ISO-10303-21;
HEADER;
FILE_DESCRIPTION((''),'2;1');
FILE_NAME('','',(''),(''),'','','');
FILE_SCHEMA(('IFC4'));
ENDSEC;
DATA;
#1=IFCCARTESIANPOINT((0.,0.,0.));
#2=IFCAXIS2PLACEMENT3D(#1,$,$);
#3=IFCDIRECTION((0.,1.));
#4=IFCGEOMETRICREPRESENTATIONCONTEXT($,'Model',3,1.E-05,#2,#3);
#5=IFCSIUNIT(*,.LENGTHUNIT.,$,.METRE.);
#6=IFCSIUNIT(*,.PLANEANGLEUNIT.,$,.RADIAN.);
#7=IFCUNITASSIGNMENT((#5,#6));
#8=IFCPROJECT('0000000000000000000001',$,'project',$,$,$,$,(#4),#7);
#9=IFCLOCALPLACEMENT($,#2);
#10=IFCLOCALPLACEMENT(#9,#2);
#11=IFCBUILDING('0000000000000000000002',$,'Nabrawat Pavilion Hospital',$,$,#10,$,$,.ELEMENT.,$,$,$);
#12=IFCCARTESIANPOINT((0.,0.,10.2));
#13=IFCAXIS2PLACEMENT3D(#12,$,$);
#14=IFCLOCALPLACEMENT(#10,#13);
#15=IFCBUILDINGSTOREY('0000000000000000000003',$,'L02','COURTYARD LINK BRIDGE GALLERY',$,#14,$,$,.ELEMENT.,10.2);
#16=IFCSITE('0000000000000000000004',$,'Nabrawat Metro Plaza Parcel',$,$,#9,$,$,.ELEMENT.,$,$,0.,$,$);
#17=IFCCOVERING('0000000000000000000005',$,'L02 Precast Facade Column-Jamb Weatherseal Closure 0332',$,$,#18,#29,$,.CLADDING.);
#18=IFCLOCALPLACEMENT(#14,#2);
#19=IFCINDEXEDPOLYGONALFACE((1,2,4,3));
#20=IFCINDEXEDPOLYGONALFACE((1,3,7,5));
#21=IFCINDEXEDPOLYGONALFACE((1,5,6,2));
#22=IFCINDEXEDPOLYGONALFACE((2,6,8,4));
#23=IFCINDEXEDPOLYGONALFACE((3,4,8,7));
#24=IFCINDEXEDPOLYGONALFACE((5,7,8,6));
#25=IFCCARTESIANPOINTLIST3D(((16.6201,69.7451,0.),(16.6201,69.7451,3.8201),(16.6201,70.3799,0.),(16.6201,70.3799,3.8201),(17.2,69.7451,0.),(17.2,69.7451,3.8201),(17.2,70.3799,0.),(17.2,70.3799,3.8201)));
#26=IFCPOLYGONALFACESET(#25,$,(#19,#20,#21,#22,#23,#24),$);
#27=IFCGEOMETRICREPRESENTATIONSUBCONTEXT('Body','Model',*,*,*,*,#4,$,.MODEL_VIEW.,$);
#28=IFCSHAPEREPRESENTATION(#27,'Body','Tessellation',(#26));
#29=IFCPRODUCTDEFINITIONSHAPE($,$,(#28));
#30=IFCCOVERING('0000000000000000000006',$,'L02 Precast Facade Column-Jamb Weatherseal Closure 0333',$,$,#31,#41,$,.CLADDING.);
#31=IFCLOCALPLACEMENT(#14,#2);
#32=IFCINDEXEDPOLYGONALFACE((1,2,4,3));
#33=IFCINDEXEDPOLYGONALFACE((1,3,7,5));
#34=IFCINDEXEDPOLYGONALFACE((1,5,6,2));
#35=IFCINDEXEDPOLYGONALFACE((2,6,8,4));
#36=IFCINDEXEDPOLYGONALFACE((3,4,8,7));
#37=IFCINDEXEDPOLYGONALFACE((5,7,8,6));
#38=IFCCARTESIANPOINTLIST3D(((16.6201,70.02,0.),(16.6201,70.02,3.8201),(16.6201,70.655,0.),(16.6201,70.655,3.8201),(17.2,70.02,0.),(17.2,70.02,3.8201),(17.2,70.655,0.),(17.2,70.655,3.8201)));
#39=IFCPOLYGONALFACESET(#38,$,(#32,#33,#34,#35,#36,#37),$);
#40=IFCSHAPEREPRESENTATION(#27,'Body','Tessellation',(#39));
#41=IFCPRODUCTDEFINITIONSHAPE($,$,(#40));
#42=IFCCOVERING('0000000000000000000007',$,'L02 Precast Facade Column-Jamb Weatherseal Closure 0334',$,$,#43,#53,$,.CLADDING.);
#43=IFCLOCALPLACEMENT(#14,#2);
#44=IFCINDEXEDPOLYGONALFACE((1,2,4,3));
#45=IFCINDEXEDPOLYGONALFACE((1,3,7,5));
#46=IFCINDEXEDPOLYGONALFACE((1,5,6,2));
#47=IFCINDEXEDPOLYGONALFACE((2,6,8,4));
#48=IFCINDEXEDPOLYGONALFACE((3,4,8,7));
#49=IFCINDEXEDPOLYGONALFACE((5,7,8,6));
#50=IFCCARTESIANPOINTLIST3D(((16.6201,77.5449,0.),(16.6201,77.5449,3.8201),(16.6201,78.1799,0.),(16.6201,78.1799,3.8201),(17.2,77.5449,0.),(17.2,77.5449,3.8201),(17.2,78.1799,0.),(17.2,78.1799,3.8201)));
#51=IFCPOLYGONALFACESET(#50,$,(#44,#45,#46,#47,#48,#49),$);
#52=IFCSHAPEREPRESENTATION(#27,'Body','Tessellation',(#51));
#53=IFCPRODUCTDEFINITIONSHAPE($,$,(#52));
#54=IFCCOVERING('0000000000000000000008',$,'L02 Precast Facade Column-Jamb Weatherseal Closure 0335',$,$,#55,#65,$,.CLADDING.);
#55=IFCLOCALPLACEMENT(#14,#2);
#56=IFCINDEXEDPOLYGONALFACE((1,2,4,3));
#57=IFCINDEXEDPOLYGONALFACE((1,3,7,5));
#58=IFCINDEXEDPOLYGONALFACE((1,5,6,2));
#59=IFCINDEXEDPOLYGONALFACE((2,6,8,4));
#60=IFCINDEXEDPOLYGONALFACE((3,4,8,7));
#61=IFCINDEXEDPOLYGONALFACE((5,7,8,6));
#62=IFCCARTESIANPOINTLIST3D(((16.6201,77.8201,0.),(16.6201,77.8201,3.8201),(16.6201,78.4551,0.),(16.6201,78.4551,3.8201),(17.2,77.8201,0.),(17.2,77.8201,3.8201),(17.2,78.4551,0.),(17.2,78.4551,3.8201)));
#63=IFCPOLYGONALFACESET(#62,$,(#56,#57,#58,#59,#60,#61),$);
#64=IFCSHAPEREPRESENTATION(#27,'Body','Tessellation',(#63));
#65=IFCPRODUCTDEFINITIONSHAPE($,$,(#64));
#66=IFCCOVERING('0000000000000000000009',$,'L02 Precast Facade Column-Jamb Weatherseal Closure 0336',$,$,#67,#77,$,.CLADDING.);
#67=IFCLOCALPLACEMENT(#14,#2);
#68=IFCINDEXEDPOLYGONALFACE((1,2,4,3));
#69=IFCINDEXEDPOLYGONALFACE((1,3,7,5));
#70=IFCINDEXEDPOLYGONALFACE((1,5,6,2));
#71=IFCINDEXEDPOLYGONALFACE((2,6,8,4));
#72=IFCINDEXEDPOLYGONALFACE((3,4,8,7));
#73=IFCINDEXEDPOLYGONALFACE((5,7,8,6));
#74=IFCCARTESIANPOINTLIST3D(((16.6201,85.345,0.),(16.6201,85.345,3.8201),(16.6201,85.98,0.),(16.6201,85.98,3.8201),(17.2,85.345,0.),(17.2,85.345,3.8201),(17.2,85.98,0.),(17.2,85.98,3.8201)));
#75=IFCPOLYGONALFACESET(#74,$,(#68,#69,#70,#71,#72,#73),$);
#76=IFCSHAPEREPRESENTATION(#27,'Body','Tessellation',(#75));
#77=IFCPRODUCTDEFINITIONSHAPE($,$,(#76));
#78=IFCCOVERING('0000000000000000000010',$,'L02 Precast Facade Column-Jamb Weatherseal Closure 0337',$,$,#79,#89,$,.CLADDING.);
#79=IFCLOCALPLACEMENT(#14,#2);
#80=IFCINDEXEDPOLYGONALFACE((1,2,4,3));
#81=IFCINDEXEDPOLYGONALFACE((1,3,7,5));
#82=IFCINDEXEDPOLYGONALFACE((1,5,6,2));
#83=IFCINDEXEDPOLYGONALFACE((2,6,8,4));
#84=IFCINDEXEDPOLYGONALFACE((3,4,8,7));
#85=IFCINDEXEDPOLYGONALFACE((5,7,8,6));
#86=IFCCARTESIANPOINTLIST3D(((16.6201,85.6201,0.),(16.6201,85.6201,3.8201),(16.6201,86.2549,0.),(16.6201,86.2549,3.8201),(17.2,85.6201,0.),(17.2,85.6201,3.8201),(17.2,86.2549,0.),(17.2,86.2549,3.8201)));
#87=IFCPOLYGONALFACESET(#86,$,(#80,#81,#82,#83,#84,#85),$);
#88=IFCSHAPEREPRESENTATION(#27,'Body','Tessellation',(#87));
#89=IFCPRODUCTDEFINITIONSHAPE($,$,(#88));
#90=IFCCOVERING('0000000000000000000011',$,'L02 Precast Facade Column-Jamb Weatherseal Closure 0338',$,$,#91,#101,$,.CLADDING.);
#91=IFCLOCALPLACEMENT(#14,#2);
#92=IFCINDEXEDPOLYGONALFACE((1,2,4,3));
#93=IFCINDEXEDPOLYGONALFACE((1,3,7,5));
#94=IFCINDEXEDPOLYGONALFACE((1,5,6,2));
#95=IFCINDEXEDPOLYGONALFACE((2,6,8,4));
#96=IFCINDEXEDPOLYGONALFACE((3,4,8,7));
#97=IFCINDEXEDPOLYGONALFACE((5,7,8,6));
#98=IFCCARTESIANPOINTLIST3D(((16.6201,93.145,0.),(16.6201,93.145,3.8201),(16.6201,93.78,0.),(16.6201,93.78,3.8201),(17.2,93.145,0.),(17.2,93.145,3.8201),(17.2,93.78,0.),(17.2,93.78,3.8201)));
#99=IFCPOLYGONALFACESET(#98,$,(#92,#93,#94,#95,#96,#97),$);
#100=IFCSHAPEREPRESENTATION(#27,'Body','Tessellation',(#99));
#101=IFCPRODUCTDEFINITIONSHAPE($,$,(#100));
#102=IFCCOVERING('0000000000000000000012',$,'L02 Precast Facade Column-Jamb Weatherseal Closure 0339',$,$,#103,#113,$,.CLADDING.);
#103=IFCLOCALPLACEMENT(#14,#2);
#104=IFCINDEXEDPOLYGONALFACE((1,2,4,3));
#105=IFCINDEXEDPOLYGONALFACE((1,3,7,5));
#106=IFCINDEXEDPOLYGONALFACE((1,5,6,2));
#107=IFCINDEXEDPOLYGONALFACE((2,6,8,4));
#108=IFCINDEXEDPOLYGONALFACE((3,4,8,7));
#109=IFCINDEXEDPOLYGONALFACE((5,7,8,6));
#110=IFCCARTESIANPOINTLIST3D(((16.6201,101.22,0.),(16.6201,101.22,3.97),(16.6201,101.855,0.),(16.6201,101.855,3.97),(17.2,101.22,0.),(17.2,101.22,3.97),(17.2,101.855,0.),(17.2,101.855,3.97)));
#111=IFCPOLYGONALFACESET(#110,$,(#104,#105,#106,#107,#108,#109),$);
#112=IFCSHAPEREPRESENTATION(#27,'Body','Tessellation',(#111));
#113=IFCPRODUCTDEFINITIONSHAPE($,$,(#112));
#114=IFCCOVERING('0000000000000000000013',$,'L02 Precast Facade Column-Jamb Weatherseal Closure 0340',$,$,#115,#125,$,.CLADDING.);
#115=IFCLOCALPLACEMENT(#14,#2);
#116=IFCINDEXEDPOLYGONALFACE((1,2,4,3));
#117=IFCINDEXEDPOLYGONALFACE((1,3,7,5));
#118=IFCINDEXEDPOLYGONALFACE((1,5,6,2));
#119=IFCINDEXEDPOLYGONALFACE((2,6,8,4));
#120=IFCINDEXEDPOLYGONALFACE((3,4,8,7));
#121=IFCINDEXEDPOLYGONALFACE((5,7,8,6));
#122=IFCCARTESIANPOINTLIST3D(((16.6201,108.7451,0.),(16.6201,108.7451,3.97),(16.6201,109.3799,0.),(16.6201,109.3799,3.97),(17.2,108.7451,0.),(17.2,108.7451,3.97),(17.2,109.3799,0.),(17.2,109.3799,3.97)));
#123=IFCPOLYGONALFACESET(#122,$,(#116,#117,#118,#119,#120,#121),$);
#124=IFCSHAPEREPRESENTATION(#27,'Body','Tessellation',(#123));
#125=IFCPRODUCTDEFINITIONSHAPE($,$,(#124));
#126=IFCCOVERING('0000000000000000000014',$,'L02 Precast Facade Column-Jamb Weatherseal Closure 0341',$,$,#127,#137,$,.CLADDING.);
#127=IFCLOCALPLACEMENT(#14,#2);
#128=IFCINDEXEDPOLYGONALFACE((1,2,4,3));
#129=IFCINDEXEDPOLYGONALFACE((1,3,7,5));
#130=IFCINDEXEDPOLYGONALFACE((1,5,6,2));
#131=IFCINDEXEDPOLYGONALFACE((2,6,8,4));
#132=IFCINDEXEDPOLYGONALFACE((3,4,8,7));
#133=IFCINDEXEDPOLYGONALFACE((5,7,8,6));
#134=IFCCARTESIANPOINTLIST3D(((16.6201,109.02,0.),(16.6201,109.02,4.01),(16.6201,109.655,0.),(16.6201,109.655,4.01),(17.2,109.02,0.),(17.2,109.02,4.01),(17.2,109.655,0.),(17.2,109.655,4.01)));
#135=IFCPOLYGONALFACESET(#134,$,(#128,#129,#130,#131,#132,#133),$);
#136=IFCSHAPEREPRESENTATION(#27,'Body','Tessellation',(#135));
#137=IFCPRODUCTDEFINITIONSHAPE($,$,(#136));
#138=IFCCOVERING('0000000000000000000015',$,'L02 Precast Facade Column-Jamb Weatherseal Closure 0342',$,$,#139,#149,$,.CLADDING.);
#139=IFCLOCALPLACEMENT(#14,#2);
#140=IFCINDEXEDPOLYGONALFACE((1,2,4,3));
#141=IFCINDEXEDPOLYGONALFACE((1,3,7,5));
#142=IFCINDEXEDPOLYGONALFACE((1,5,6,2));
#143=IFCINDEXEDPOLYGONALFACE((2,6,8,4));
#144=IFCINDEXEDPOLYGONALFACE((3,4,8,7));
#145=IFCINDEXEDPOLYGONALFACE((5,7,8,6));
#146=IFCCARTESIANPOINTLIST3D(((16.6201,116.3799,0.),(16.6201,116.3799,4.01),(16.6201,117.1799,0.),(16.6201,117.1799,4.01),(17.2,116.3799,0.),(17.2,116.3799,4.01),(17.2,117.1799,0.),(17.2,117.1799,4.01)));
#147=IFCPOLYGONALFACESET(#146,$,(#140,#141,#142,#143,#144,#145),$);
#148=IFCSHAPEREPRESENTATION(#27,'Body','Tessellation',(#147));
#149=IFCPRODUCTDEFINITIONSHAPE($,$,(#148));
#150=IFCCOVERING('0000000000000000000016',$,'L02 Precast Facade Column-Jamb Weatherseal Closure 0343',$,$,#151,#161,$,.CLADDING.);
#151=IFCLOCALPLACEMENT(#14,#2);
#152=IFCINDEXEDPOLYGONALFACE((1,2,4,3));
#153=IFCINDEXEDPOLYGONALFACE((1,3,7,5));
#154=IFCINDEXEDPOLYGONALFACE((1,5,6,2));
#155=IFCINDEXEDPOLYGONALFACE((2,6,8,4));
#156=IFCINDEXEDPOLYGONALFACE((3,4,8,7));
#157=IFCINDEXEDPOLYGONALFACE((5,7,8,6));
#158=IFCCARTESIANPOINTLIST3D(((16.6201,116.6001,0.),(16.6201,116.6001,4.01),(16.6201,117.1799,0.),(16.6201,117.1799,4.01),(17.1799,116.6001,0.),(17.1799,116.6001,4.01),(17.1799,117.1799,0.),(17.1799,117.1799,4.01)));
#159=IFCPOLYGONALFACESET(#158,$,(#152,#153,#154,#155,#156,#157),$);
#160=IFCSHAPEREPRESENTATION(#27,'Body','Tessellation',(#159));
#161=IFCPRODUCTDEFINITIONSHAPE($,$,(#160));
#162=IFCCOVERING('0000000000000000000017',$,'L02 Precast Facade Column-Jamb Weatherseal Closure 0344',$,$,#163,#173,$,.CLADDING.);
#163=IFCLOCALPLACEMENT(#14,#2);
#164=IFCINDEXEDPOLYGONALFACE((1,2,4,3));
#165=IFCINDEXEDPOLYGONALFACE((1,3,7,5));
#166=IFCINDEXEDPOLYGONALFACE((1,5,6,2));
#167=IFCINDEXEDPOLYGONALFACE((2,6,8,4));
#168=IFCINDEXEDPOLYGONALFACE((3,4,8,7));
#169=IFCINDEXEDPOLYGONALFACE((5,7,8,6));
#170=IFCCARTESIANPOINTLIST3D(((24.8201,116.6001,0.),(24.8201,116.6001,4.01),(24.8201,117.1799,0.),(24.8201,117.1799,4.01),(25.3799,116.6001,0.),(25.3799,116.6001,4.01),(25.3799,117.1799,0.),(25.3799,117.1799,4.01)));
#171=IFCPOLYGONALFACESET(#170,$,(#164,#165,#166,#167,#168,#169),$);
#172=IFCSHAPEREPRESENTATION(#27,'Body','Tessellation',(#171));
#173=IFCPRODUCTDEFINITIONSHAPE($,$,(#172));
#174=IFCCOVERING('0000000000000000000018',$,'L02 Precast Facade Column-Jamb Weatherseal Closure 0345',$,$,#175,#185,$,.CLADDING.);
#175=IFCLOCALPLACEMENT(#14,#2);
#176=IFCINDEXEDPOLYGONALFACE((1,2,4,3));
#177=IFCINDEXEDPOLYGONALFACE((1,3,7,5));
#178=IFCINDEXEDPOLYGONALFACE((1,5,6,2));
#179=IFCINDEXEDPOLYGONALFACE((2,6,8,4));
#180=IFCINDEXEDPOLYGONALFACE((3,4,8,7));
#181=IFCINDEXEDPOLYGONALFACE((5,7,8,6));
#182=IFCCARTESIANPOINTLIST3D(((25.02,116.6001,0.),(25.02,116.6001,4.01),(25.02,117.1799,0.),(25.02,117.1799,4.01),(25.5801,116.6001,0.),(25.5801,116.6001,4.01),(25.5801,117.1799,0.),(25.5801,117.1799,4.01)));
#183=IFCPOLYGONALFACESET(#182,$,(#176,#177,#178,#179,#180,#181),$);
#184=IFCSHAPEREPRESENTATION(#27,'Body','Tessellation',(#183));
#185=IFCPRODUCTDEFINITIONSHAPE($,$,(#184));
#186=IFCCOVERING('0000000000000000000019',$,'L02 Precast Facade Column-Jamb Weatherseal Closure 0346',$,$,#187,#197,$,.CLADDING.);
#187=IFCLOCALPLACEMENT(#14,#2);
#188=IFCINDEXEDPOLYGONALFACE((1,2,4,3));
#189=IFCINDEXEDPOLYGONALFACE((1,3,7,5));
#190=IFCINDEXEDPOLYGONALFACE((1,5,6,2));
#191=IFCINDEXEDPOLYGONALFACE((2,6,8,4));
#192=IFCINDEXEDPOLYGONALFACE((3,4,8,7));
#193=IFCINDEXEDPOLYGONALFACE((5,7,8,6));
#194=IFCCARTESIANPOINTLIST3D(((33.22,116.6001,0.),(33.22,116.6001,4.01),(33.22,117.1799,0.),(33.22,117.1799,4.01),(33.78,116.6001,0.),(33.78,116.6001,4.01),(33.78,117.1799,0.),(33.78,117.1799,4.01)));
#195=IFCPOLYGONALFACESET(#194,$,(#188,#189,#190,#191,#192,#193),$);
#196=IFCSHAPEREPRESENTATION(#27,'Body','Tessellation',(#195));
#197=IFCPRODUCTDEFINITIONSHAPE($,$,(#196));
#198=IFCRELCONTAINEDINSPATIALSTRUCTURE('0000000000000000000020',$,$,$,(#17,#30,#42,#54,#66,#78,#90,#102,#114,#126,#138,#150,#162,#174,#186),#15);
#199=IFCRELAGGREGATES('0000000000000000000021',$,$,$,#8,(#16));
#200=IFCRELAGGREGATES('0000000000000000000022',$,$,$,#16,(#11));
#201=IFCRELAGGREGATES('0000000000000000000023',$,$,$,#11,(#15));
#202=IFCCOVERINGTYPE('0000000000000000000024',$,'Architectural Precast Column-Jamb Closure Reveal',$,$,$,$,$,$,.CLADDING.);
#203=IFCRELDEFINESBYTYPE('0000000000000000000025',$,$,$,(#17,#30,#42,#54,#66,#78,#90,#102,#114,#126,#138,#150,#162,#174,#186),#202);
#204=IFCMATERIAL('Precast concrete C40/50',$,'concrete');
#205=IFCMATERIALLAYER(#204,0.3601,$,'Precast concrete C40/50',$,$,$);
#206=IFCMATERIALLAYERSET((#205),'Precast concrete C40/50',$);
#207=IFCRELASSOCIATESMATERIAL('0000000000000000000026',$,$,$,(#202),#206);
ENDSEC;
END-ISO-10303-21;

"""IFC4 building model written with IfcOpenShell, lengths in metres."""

from ifc_helpers import new_model, si_unit, direction, frame, origin, place, context, subcontext, project, spatial, polyline, outline, extrude, material, layer, layer_set, type_object, element, save


model = new_model("IFC4")

# Units and contexts
model_context = context("Model", 3, precision=1e-05, world=origin(), true_north=direction((0.0, 1.0)))
body_context = subcontext(model_context, "Body", "Model", "MODEL_VIEW")
ifc_project = project(units=[si_unit("LENGTHUNIT", "METRE"), si_unit("PLANEANGLEUNIT", "RADIAN")], contexts=[model_context])

# Site, building, storey
site_placement = place(None, origin())
site = spatial("IfcSite", under=ifc_project, at=site_placement, Name="Nabrawat Metro Plaza Parcel", CompositionType="ELEMENT", RefElevation=0.0)
building_placement = place(site_placement, origin())
building = spatial("IfcBuilding", under=site, at=building_placement, Name="Nabrawat Pavilion Hospital", CompositionType="ELEMENT")
storey_placement = place(building_placement, frame((0.0, 0.0, 10.2)))
storey = spatial("IfcBuildingStorey", under=building, at=storey_placement, Name="L02", Description="COURTYARD LINK BRIDGE GALLERY", CompositionType="ELEMENT", Elevation=10.2)

# Coverings
ifc_material = material(Name="Precast concrete C40/50", Category="concrete")
ifc_layer = layer(ifc_material, 0.3601, Name="Precast concrete C40/50")
ifc_layer_set = layer_set([ifc_layer], Name="Precast concrete C40/50")
covering_type = type_object("IfcCoveringType", Name="Architectural Precast Column-Jamb Closure Reveal", PredefinedType="CLADDING", material=ifc_layer_set)
covering_1_placement = place(storey_placement, origin())
element("IfcCovering", 1, at=covering_1_placement, inside=storey, type_object=covering_type, Name="L02 Precast Facade Column-Jamb Weatherseal Closure 0332", PredefinedType="CLADDING", context=body_context, shape_type="SweptSolid", body=[
    extrude(outline(polyline([(17.2, 69.7451), (17.2, 70.3799), (16.6201, 70.3799), (16.6201, 69.7451), (17.2, 69.7451)])), origin(), (0.0, 0.0, 1.0), 3.8201),
])
covering_2_placement = place(storey_placement, origin())
element("IfcCovering", 2, at=covering_2_placement, inside=storey, type_object=covering_type, Name="L02 Precast Facade Column-Jamb Weatherseal Closure 0333", PredefinedType="CLADDING", context=body_context, shape_type="SweptSolid", body=[
    extrude(outline(polyline([(17.2, 70.02), (17.2, 70.655), (16.6201, 70.655), (16.6201, 70.02), (17.2, 70.02)])), origin(), (0.0, 0.0, 1.0), 3.8201),
])
covering_3_placement = place(storey_placement, origin())
element("IfcCovering", 3, at=covering_3_placement, inside=storey, type_object=covering_type, Name="L02 Precast Facade Column-Jamb Weatherseal Closure 0334", PredefinedType="CLADDING", context=body_context, shape_type="SweptSolid", body=[
    extrude(outline(polyline([(17.2, 77.5449), (17.2, 78.1799), (16.6201, 78.1799), (16.6201, 77.5449), (17.2, 77.5449)])), origin(), (0.0, 0.0, 1.0), 3.8201),
])
covering_4_placement = place(storey_placement, origin())
element("IfcCovering", 4, at=covering_4_placement, inside=storey, type_object=covering_type, Name="L02 Precast Facade Column-Jamb Weatherseal Closure 0335", PredefinedType="CLADDING", context=body_context, shape_type="SweptSolid", body=[
    extrude(outline(polyline([(17.2, 77.8201), (17.2, 78.4551), (16.6201, 78.4551), (16.6201, 77.8201), (17.2, 77.8201)])), origin(), (0.0, 0.0, 1.0), 3.8201),
])
covering_5_placement = place(storey_placement, origin())
element("IfcCovering", 5, at=covering_5_placement, inside=storey, type_object=covering_type, Name="L02 Precast Facade Column-Jamb Weatherseal Closure 0336", PredefinedType="CLADDING", context=body_context, shape_type="SweptSolid", body=[
    extrude(outline(polyline([(17.2, 85.345), (17.2, 85.98), (16.6201, 85.98), (16.6201, 85.345), (17.2, 85.345)])), origin(), (0.0, 0.0, 1.0), 3.8201),
])
covering_6_placement = place(storey_placement, origin())
element("IfcCovering", 6, at=covering_6_placement, inside=storey, type_object=covering_type, Name="L02 Precast Facade Column-Jamb Weatherseal Closure 0337", PredefinedType="CLADDING", context=body_context, shape_type="SweptSolid", body=[
    extrude(outline(polyline([(17.2, 85.6201), (17.2, 86.2549), (16.6201, 86.2549), (16.6201, 85.6201), (17.2, 85.6201)])), origin(), (0.0, 0.0, 1.0), 3.8201),
])
covering_7_placement = place(storey_placement, origin())
element("IfcCovering", 7, at=covering_7_placement, inside=storey, type_object=covering_type, Name="L02 Precast Facade Column-Jamb Weatherseal Closure 0338", PredefinedType="CLADDING", context=body_context, shape_type="SweptSolid", body=[
    extrude(outline(polyline([(17.2, 93.145), (17.2, 93.78), (16.6201, 93.78), (16.6201, 93.145), (17.2, 93.145)])), origin(), (0.0, 0.0, 1.0), 3.8201),
])
covering_8_placement = place(storey_placement, origin())
element("IfcCovering", 8, at=covering_8_placement, inside=storey, type_object=covering_type, Name="L02 Precast Facade Column-Jamb Weatherseal Closure 0339", PredefinedType="CLADDING", context=body_context, shape_type="SweptSolid", body=[
    extrude(outline(polyline([(17.2, 101.22), (17.2, 101.855), (16.6201, 101.855), (16.6201, 101.22), (17.2, 101.22)])), origin(), (0.0, 0.0, 1.0), 3.97),
])
covering_9_placement = place(storey_placement, origin())
element("IfcCovering", 9, at=covering_9_placement, inside=storey, type_object=covering_type, Name="L02 Precast Facade Column-Jamb Weatherseal Closure 0340", PredefinedType="CLADDING", context=body_context, shape_type="SweptSolid", body=[
    extrude(outline(polyline([(17.2, 108.7451), (17.2, 109.3799), (16.6201, 109.3799), (16.6201, 108.7451), (17.2, 108.7451)])), origin(), (0.0, 0.0, 1.0), 3.97),
])
covering_10_placement = place(storey_placement, origin())
element("IfcCovering", 10, at=covering_10_placement, inside=storey, type_object=covering_type, Name="L02 Precast Facade Column-Jamb Weatherseal Closure 0341", PredefinedType="CLADDING", context=body_context, shape_type="SweptSolid", body=[
    extrude(outline(polyline([(17.2, 109.02), (17.2, 109.655), (16.6201, 109.655), (16.6201, 109.02), (17.2, 109.02)])), origin(), (0.0, 0.0, 1.0), 4.01),
])
covering_11_placement = place(storey_placement, origin())
element("IfcCovering", 11, at=covering_11_placement, inside=storey, type_object=covering_type, Name="L02 Precast Facade Column-Jamb Weatherseal Closure 0342", PredefinedType="CLADDING", context=body_context, shape_type="SweptSolid", body=[
    extrude(outline(polyline([(17.2, 116.3799), (17.2, 117.1799), (16.6201, 117.1799), (16.6201, 116.3799), (17.2, 116.3799)])), origin(), (0.0, 0.0, 1.0), 4.01),
])
covering_12_placement = place(storey_placement, origin())
element("IfcCovering", 12, at=covering_12_placement, inside=storey, type_object=covering_type, Name="L02 Precast Facade Column-Jamb Weatherseal Closure 0343", PredefinedType="CLADDING", context=body_context, shape_type="SweptSolid", body=[
    extrude(outline(polyline([(17.1799, 116.6001), (17.1799, 117.1799), (16.6201, 117.1799), (16.6201, 116.6001), (17.1799, 116.6001)])), origin(), (0.0, 0.0, 1.0), 4.01),
])
covering_13_placement = place(storey_placement, origin())
element("IfcCovering", 13, at=covering_13_placement, inside=storey, type_object=covering_type, Name="L02 Precast Facade Column-Jamb Weatherseal Closure 0344", PredefinedType="CLADDING", context=body_context, shape_type="SweptSolid", body=[
    extrude(outline(polyline([(25.3799, 116.6001), (25.3799, 117.1799), (24.8201, 117.1799), (24.8201, 116.6001), (25.3799, 116.6001)])), origin(), (0.0, 0.0, 1.0), 4.01),
])
covering_14_placement = place(storey_placement, origin())
element("IfcCovering", 14, at=covering_14_placement, inside=storey, type_object=covering_type, Name="L02 Precast Facade Column-Jamb Weatherseal Closure 0345", PredefinedType="CLADDING", context=body_context, shape_type="SweptSolid", body=[
    extrude(outline(polyline([(25.5801, 116.6001), (25.5801, 117.1799), (25.02, 117.1799), (25.02, 116.6001), (25.5801, 116.6001)])), origin(), (0.0, 0.0, 1.0), 4.01),
])
covering_15_placement = place(storey_placement, origin())
element("IfcCovering", 15, at=covering_15_placement, inside=storey, type_object=covering_type, Name="L02 Precast Facade Column-Jamb Weatherseal Closure 0346", PredefinedType="CLADDING", context=body_context, shape_type="SweptSolid", body=[
    extrude(outline(polyline([(33.78, 116.6001), (33.78, 117.1799), (33.22, 117.1799), (33.22, 116.6001), (33.78, 116.6001)])), origin(), (0.0, 0.0, 1.0), 4.01),
])

save(model, "model.ifc")
